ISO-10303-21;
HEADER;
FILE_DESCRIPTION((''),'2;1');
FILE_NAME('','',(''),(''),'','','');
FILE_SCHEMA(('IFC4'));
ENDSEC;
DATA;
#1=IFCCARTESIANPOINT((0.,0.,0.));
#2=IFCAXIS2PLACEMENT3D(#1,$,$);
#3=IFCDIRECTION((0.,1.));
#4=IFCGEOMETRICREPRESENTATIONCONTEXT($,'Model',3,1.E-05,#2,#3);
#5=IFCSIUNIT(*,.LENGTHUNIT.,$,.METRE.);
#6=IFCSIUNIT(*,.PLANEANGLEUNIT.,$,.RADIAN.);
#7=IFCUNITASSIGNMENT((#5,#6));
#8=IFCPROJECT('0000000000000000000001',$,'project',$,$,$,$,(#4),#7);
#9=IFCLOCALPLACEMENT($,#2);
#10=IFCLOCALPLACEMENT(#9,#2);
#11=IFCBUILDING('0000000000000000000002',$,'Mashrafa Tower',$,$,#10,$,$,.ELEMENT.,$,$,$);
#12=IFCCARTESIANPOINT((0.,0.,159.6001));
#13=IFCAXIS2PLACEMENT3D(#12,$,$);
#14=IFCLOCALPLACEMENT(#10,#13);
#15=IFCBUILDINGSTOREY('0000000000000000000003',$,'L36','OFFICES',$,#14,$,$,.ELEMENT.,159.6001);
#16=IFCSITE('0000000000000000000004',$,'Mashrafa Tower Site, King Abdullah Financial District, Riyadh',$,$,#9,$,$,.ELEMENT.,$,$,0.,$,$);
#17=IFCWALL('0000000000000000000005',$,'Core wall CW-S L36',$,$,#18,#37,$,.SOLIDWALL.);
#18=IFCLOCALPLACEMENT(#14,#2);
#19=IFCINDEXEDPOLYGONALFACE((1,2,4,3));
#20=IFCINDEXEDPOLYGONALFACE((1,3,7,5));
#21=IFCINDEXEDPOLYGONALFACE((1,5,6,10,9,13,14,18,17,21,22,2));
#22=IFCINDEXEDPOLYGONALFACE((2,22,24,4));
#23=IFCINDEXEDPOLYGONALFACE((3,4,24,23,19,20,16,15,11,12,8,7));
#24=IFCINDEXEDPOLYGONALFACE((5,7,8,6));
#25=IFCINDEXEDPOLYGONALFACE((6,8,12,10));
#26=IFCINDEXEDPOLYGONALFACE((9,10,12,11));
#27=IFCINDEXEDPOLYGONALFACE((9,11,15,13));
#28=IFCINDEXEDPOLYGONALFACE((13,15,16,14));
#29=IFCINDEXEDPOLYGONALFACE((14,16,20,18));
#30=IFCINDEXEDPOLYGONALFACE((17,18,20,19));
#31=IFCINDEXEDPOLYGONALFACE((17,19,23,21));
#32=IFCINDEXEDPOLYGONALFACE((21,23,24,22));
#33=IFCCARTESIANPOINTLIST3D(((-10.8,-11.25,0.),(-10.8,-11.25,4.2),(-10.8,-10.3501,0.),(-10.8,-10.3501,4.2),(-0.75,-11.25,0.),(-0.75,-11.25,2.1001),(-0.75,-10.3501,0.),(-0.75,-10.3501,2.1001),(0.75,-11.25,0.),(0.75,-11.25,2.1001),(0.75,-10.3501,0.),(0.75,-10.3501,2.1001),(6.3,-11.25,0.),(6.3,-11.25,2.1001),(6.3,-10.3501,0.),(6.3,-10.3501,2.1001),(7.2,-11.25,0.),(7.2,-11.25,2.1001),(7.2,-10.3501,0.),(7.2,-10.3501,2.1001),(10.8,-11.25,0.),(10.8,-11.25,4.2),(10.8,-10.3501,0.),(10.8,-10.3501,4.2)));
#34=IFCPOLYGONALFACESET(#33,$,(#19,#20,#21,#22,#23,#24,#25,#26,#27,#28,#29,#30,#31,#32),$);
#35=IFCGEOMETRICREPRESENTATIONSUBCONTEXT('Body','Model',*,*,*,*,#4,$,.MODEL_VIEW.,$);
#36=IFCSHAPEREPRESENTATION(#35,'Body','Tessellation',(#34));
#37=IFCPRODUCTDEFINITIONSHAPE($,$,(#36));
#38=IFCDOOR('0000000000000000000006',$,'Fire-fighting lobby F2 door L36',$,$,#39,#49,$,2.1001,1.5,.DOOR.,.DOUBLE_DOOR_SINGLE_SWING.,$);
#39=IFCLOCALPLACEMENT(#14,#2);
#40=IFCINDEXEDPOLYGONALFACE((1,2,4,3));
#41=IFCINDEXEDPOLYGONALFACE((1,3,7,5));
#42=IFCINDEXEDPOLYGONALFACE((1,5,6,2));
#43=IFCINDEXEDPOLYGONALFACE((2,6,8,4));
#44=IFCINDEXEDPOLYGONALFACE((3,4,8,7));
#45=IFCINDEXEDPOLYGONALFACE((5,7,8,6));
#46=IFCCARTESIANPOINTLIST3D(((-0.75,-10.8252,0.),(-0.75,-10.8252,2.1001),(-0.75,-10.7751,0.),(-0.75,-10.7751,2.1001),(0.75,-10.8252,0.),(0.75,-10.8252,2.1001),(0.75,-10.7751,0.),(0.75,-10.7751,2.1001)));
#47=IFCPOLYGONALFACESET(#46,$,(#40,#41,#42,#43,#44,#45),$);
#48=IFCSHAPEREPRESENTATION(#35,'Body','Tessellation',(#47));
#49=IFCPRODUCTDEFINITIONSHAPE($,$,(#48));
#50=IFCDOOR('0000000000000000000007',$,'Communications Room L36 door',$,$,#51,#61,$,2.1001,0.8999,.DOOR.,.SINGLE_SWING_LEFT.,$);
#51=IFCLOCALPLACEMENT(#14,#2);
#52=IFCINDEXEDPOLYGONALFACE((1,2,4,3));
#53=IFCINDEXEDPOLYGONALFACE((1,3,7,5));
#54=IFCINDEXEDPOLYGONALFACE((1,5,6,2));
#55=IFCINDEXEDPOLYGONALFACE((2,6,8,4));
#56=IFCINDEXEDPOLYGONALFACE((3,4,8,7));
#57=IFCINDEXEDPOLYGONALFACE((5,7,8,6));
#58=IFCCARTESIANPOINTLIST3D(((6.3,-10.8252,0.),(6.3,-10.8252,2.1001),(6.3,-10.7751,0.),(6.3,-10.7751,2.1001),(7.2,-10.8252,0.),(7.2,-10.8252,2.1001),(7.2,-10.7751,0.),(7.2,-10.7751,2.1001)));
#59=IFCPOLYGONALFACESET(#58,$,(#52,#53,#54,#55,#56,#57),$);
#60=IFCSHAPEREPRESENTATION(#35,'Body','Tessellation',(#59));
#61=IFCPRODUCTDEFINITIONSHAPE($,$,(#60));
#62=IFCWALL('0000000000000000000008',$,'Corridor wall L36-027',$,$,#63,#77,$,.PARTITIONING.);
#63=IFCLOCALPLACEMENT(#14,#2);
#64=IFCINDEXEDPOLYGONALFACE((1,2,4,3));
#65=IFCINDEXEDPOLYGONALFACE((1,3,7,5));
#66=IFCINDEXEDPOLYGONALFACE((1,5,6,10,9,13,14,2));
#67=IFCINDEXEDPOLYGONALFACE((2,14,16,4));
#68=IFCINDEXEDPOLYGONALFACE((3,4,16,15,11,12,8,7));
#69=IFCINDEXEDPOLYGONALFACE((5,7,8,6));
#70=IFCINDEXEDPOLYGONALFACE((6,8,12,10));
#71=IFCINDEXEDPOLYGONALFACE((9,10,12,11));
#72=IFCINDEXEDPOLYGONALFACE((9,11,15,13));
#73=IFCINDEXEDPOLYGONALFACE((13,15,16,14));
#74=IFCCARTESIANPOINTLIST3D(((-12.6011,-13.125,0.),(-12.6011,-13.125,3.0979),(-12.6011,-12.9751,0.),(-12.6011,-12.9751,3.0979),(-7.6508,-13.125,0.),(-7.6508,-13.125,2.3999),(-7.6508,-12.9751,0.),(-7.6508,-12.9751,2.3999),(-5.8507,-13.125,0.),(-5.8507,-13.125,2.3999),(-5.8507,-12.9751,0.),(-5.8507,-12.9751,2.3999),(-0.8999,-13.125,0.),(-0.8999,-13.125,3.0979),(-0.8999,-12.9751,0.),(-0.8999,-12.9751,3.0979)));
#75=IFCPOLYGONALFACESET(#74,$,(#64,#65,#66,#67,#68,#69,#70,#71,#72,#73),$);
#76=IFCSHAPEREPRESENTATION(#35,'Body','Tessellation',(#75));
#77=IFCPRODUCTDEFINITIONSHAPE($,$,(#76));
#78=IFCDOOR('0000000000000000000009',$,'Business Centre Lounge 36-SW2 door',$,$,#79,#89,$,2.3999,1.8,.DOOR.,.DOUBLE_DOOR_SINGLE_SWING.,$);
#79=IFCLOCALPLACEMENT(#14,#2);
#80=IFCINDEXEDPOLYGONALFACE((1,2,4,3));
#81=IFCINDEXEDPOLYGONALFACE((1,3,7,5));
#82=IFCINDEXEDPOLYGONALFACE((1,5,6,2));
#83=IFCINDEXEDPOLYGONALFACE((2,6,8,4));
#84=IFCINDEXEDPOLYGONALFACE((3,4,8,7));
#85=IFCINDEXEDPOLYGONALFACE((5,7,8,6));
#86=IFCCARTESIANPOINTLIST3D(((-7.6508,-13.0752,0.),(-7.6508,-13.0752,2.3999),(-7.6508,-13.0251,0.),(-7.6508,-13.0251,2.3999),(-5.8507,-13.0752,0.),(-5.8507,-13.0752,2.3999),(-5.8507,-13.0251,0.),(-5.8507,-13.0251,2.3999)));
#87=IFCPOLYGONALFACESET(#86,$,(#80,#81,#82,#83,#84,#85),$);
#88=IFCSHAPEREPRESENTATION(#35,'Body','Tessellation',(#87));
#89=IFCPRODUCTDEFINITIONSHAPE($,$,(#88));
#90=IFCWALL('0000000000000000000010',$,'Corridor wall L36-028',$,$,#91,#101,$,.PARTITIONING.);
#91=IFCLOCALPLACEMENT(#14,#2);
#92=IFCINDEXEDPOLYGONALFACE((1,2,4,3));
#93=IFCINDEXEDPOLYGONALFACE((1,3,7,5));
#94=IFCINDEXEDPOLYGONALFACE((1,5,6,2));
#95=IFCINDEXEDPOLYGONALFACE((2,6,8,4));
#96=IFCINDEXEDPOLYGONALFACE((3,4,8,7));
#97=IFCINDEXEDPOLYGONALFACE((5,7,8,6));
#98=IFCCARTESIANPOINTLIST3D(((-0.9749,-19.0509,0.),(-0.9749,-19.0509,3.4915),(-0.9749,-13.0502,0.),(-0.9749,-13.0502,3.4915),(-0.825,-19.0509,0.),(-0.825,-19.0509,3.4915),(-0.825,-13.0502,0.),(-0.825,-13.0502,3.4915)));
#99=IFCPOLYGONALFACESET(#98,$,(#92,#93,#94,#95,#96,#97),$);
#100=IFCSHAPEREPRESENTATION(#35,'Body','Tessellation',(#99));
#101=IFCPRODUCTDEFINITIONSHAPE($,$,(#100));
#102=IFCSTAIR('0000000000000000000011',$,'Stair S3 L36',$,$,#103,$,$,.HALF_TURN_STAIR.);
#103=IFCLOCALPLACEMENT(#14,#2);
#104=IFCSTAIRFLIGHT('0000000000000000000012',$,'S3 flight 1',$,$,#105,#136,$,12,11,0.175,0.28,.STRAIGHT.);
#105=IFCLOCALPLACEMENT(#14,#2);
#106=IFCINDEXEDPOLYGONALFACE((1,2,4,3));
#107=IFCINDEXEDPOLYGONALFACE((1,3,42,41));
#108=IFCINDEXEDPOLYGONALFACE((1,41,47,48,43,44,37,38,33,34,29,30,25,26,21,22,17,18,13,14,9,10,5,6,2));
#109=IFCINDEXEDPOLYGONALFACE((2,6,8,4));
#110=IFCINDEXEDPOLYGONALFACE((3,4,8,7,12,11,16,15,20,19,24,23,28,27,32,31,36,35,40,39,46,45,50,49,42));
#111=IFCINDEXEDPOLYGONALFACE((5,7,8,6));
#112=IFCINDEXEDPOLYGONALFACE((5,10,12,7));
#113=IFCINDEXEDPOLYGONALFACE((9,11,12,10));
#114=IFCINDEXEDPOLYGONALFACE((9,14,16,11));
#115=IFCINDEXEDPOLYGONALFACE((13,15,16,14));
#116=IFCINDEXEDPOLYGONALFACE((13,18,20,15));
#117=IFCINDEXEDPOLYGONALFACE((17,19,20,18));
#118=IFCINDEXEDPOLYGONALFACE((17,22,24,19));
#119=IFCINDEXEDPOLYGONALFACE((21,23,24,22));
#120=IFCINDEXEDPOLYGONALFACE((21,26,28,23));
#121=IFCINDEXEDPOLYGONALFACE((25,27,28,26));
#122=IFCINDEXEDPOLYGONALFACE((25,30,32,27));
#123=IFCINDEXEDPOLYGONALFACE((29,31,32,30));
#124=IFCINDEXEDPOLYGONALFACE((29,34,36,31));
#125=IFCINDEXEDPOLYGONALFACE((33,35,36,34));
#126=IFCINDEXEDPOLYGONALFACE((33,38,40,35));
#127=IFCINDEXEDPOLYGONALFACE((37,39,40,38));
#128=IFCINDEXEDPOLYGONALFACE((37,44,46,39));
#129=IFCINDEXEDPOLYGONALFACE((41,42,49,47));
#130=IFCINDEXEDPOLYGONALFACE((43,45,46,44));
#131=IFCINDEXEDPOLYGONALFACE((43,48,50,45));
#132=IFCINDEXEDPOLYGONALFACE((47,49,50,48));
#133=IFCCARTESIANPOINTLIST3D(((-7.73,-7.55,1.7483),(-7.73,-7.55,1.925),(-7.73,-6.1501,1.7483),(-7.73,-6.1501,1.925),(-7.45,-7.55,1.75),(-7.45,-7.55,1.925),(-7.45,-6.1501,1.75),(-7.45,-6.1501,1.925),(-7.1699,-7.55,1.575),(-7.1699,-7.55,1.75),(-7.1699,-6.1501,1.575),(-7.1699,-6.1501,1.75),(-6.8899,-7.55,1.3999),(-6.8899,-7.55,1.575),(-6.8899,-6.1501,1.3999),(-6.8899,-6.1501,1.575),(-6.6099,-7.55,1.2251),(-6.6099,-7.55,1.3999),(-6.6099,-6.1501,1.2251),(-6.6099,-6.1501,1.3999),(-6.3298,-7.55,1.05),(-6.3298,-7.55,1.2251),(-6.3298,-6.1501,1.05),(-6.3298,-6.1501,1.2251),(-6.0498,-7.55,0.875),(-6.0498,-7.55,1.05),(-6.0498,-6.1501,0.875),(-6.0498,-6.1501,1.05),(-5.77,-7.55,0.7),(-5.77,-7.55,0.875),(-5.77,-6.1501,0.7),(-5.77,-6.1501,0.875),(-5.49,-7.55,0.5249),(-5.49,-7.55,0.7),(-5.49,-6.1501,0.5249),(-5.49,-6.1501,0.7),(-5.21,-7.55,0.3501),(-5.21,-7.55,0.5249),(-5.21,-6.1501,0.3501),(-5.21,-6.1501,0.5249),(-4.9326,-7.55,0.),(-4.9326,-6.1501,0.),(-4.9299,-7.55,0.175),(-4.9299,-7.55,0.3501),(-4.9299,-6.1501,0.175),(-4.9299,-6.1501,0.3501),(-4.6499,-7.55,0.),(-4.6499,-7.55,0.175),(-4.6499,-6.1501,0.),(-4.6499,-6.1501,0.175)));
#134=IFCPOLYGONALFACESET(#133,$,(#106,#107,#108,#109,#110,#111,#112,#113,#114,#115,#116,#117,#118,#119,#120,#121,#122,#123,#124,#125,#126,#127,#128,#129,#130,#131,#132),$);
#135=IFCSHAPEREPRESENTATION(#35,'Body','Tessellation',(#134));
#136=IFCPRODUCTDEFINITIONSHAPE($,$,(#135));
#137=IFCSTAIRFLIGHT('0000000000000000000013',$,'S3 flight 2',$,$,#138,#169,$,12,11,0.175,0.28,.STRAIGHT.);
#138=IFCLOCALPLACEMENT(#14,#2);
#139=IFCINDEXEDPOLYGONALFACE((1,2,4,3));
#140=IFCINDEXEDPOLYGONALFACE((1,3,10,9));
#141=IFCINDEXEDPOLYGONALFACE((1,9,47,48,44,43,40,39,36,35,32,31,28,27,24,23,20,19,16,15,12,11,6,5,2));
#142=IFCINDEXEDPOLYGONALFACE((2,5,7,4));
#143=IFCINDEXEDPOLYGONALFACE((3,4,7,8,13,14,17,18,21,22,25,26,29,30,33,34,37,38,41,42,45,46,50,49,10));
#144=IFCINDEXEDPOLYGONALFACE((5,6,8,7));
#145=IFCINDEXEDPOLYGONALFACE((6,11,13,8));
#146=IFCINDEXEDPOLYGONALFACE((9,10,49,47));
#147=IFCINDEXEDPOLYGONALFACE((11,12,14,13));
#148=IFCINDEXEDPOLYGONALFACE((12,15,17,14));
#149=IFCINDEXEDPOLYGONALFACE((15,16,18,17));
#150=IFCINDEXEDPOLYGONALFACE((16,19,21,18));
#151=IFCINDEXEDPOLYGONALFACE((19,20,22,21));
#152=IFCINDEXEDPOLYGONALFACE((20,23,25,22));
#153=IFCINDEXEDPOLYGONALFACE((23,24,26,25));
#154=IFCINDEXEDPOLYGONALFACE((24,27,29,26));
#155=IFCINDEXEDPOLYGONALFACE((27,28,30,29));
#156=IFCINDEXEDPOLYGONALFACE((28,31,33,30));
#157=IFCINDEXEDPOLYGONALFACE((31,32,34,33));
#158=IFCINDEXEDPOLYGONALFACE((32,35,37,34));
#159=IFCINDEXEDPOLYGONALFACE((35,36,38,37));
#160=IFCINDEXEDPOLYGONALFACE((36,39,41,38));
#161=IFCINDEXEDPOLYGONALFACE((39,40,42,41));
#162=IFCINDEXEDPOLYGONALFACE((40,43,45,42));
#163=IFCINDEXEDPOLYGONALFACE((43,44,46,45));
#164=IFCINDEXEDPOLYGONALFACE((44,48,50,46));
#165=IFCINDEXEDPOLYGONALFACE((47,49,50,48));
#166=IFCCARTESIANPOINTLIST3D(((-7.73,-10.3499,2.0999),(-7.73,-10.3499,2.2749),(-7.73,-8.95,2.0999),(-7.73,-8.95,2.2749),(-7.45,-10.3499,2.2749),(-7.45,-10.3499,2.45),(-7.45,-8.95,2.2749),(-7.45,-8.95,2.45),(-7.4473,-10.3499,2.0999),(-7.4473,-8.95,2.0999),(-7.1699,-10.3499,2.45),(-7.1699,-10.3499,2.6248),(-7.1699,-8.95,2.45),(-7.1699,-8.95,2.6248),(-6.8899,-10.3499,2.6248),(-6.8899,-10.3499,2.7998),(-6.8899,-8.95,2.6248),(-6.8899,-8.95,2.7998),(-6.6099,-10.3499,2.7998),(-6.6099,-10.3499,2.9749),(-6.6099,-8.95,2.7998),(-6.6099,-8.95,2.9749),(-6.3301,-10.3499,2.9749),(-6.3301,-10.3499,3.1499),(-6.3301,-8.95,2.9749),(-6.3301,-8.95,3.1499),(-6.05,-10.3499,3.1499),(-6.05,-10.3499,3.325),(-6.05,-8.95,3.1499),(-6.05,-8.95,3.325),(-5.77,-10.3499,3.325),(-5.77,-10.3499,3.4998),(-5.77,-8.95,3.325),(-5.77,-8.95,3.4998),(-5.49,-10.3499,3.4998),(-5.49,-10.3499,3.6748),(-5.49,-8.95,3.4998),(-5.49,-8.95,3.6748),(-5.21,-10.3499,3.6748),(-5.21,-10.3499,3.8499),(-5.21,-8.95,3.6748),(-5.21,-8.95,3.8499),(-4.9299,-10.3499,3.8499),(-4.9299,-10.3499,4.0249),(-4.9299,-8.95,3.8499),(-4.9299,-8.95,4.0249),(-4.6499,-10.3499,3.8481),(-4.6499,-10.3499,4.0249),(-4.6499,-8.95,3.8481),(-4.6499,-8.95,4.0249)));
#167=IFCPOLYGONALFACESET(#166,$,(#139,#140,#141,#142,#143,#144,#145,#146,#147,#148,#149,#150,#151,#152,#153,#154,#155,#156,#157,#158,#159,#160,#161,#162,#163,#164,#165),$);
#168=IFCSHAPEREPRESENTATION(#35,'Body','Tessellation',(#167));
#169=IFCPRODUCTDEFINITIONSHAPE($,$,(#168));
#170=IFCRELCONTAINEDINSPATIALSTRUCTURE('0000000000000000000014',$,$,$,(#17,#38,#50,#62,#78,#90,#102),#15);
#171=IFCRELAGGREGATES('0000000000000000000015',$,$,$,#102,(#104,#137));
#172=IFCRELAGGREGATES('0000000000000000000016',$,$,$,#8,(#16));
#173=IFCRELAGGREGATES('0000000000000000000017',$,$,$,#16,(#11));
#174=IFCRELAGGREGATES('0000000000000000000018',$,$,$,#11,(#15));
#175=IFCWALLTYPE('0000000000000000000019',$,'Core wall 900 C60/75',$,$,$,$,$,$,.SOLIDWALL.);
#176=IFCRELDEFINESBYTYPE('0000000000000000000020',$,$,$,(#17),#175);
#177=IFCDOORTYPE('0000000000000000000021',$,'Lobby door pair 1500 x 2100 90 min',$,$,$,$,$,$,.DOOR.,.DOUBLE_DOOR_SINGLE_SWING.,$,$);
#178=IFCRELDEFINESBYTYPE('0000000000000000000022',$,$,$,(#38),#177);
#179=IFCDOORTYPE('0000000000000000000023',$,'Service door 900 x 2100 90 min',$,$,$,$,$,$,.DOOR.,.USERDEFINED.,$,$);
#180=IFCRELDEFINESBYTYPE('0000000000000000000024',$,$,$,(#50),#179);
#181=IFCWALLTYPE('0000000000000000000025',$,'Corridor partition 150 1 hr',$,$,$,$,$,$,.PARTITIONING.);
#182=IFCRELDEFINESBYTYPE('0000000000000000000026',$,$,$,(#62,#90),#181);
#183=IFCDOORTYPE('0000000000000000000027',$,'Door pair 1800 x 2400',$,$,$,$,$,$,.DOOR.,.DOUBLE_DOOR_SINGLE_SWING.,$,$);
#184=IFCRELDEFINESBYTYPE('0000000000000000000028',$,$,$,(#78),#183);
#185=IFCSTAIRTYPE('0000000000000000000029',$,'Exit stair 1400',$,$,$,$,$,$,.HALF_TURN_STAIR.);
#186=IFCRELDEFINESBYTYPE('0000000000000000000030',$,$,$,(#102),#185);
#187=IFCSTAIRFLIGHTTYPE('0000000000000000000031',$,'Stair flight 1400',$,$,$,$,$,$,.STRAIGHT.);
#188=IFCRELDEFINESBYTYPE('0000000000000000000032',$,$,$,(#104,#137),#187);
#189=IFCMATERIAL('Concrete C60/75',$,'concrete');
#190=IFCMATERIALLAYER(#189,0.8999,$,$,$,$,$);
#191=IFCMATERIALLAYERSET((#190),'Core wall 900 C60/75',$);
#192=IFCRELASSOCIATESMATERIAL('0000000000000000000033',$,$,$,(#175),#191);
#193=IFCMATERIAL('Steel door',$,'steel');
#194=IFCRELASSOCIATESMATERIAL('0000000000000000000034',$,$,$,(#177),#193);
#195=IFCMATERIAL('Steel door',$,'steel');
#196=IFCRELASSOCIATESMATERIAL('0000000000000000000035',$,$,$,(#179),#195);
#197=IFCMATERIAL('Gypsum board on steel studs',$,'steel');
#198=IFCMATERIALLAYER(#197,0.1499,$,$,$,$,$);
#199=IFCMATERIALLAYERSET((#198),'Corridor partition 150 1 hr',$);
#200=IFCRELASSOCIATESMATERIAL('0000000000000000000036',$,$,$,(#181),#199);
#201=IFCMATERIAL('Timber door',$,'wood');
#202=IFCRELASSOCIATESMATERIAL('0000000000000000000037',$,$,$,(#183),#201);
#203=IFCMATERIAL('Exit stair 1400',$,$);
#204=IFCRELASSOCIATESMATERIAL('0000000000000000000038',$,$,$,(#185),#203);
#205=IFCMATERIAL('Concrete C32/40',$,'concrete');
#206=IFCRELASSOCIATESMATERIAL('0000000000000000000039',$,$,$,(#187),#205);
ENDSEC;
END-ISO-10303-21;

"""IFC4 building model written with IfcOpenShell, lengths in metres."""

from ifc_helpers import new_model, si_unit, direction, frame, frame_2d, origin, place, context, subcontext, project, spatial, polyline, rectangle, outline, extrude, material, layer, layer_set, type_object, element, fill, aggregate, save


model = new_model("IFC4")

# Units and contexts
model_context = context("Model", 3, precision=1e-05, world=origin(), true_north=direction((0.0, 1.0)))
body_context = subcontext(model_context, "Body", "Model", "MODEL_VIEW")
ifc_project = project(units=[si_unit("LENGTHUNIT", "METRE"), si_unit("PLANEANGLEUNIT", "RADIAN")], contexts=[model_context])

# Site, building, storey
site_placement = place(None, origin())
site = spatial("IfcSite", under=ifc_project, at=site_placement, Name="Mashrafa Tower Site, King Abdullah Financial District, Riyadh", CompositionType="ELEMENT", RefElevation=0.0)
building_placement = place(site_placement, origin())
building = spatial("IfcBuilding", under=site, at=building_placement, Name="Mashrafa Tower", CompositionType="ELEMENT")
storey_placement = place(building_placement, frame((0.0, 0.0, 159.6001)))
storey = spatial("IfcBuildingStorey", under=building, at=storey_placement, Name="L36", Description="OFFICES", CompositionType="ELEMENT", Elevation=159.6001)

# Wall, openings, doors
ifc_material_1 = material(Name="Concrete C60/75", Category="concrete")
ifc_layer_1 = layer(ifc_material_1, 0.8999)
ifc_layer_set_1 = layer_set([ifc_layer_1], Name="Core wall 900 C60/75")
wall_type_1 = type_object("IfcWallType", Name="Core wall 900 C60/75", PredefinedType="SOLIDWALL", material=ifc_layer_set_1)
wall_1_placement = place(storey_placement, frame((-10.8, -10.8, 0.0), z_axis=(0.0, 0.0, 1.0), x_axis=(1.0, 0.0, 0.0)))
wall_1 = element("IfcWall", 1, at=wall_1_placement, inside=storey, type_object=wall_type_1, Name="Core wall CW-S L36", PredefinedType="SOLIDWALL", context=body_context, shape_type="SweptSolid", body=[
    extrude(rectangle(XDim=21.6001, YDim=0.8999, at=frame_2d((10.8, 0.0))), origin(), (0.0, 0.0, 1.0), 4.2),
])
opening_1_placement = place(wall_1_placement, frame((10.05, 0.0, 0.0)))
opening_1 = element("IfcOpeningElement", 2, at=opening_1_placement, cuts=wall_1, PredefinedType="OPENING", context=body_context, shape_type="SweptSolid", body=[
    extrude(rectangle(XDim=1.5, YDim=2.1001, at=frame_2d((0.75, 1.05))), frame((0.0, 0.46, 0.0), z_axis=(0.0, -1.0, 0.0), x_axis=(1.0, 0.0, 0.0)), (0.0, 0.0, 1.0), 0.9199),
])
opening_2_placement = place(wall_1_placement, frame((17.1001, 0.0, 0.0)))
opening_2 = element("IfcOpeningElement", 3, at=opening_2_placement, cuts=wall_1, PredefinedType="OPENING", context=body_context, shape_type="SweptSolid", body=[
    extrude(rectangle(XDim=0.8999, YDim=2.1001, at=frame_2d((0.45, 1.05))), frame((0.0, 0.46, 0.0), z_axis=(0.0, -1.0, 0.0), x_axis=(1.0, 0.0, 0.0)), (0.0, 0.0, 1.0), 0.9199),
])
ifc_material_2 = material(Name="Steel door", Category="steel")
door_type_1 = type_object("IfcDoorType", Name="Lobby door pair 1500 x 2100 90 min", OperationType="DOUBLE_DOOR_SINGLE_SWING", PredefinedType="DOOR", material=ifc_material_2)
door_1_placement = place(opening_1_placement, origin())
door_1 = element("IfcDoor", 4, at=door_1_placement, inside=storey, type_object=door_type_1, Name="Fire-fighting lobby F2 door L36", OperationType="DOUBLE_DOOR_SINGLE_SWING", OverallHeight=2.1001, OverallWidth=1.5, PredefinedType="DOOR", context=body_context, shape_type="SweptSolid", body=[
    extrude(rectangle(XDim=1.5, YDim=2.1001, at=frame_2d((0.75, 1.05))), frame((0.0, 0.0249, 0.0), z_axis=(0.0, -1.0, 0.0), x_axis=(1.0, 0.0, 0.0)), (0.0, 0.0, 1.0), 0.05),
])
fill(opening_1, door_1)
ifc_material_3 = material(Name="Steel door", Category="steel")
door_type_2 = type_object("IfcDoorType", Name="Service door 900 x 2100 90 min", OperationType="USERDEFINED", PredefinedType="DOOR", material=ifc_material_3)
door_2_placement = place(opening_2_placement, origin())
door_2 = element("IfcDoor", 5, at=door_2_placement, inside=storey, type_object=door_type_2, Name="Communications Room L36 door", OperationType="SINGLE_SWING_LEFT", OverallHeight=2.1001, OverallWidth=0.8999, PredefinedType="DOOR", context=body_context, shape_type="SweptSolid", body=[
    extrude(rectangle(XDim=0.8999, YDim=2.1001, at=frame_2d((0.45, 1.05))), frame((0.0, 0.0249, 0.0), z_axis=(0.0, -1.0, 0.0), x_axis=(1.0, 0.0, 0.0)), (0.0, 0.0, 1.0), 0.05),
])
fill(opening_2, door_2)

# Wall, opening, door
ifc_material_4 = material(Name="Gypsum board on steel studs", Category="steel")
ifc_layer_2 = layer(ifc_material_4, 0.1499)
ifc_layer_set_2 = layer_set([ifc_layer_2], Name="Corridor partition 150 1 hr")
wall_type_2 = type_object("IfcWallType", Name="Corridor partition 150 1 hr", PredefinedType="PARTITIONING", material=ifc_layer_set_2)
wall_2_placement = place(storey_placement, frame((-12.6011, -13.05, 0.0), z_axis=(0.0, 0.0, 1.0), x_axis=(1.0, 0.0, 0.0)))
wall_2 = element("IfcWall", 6, at=wall_2_placement, inside=storey, type_object=wall_type_2, Name="Corridor wall L36-027", PredefinedType="PARTITIONING", context=body_context, shape_type="SweptSolid", body=[
    extrude(rectangle(XDim=11.7012, YDim=0.1499, at=frame_2d((5.8506, 0.0))), origin(), (0.0, 0.0, 1.0), 3.0979),
])
opening_3_placement = place(wall_2_placement, frame((4.9504, 0.0, 0.0)))
opening_3 = element("IfcOpeningElement", 7, at=opening_3_placement, cuts=wall_2, PredefinedType="OPENING", context=body_context, shape_type="SweptSolid", body=[
    extrude(rectangle(XDim=1.8, YDim=2.3999, at=frame_2d((0.8999, 1.2))), frame((0.0, 0.085, 0.0), z_axis=(0.0, -1.0, 0.0), x_axis=(1.0, 0.0, 0.0)), (0.0, 0.0, 1.0), 0.1699),
])
ifc_material_5 = material(Name="Timber door", Category="wood")
door_type_3 = type_object("IfcDoorType", Name="Door pair 1800 x 2400", OperationType="DOUBLE_DOOR_SINGLE_SWING", PredefinedType="DOOR", material=ifc_material_5)
door_3_placement = place(opening_3_placement, origin())
door_3 = element("IfcDoor", 8, at=door_3_placement, inside=storey, type_object=door_type_3, Name="Business Centre Lounge 36-SW2 door", OperationType="DOUBLE_DOOR_SINGLE_SWING", OverallHeight=2.3999, OverallWidth=1.8, PredefinedType="DOOR", context=body_context, shape_type="SweptSolid", body=[
    extrude(rectangle(XDim=1.8, YDim=2.3999, at=frame_2d((0.8999, 1.2))), frame((0.0, 0.0249, 0.0), z_axis=(0.0, -1.0, 0.0), x_axis=(1.0, 0.0, 0.0)), (0.0, 0.0, 1.0), 0.05),
])
fill(opening_3, door_3)

# Wall
wall_3_placement = place(storey_placement, frame((-0.8999, -13.05, 0.0), z_axis=(0.0, 0.0, 1.0), x_axis=(0.0, -1.0, 0.0)))
element("IfcWall", 9, at=wall_3_placement, inside=storey, type_object=wall_type_2, Name="Corridor wall L36-028", PredefinedType="PARTITIONING", context=body_context, shape_type="SweptSolid", body=[
    extrude(rectangle(XDim=6.0007, YDim=0.1499, at=frame_2d((3.0005, 0.0))), origin(), (0.0, 0.0, 1.0), 3.4915),
])

# Stair, stair flights
ifc_material_6 = material(Name="Exit stair 1400")
stair_type = type_object("IfcStairType", Name="Exit stair 1400", PredefinedType="HALF_TURN_STAIR", material=ifc_material_6)
stair_placement = place(storey_placement, origin())
stair = element("IfcStair", 10, at=stair_placement, inside=storey, type_object=stair_type, Name="Stair S3 L36", PredefinedType="HALF_TURN_STAIR")
ifc_material_7 = material(Name="Concrete C32/40", Category="concrete")
stair_flight_type = type_object("IfcStairFlightType", Name="Stair flight 1400", PredefinedType="STRAIGHT", material=ifc_material_7)
stair_flight_1_placement = place(storey_placement, frame((-4.6499, -6.8501, 0.0), z_axis=(0.0, 0.0, 1.0), x_axis=(-1.0, 0.0, 0.0)))
stair_flight_1 = element("IfcStairFlight", 11, at=stair_flight_1_placement, type_object=stair_flight_type, Name="S3 flight 1", NumberOfRisers=12, NumberOfTreads=11, PredefinedType="STRAIGHT", RiserHeight=0.175, TreadLength=0.28, context=body_context, shape_type="SweptSolid", body=[
    extrude(outline(polyline([(0.0, 0.0), (0.0, 0.175), (0.28, 0.175), (0.28, 0.3501), (0.5601, 0.3501), (0.5601, 0.5249), (0.8401, 0.5249), (0.8401, 0.7), (1.1201, 0.7), (1.1201, 0.875), (1.3999, 0.875), (1.3999, 1.05), (1.6799, 1.05), (1.6799, 1.2251), (1.96, 1.2251), (1.96, 1.3999), (2.24, 1.3999), (2.24, 1.575), (2.52, 1.575), (2.52, 1.75), (2.8, 1.75), (2.8, 1.925), (3.0801, 1.925), (3.0801, 2.1001), (3.0801, 1.7483), (0.2827, 0.0), (0.0, 0.0)])), frame((0.0, 0.7, 0.0), z_axis=(0.0, -1.0, 0.0), x_axis=(1.0, 0.0, 0.0)), (0.0, 0.0, 1.0), 1.3999),
])
stair_flight_2_placement = place(storey_placement, frame((-7.73, -9.6499, 2.0999), z_axis=(0.0, 0.0, 1.0), x_axis=(1.0, 0.0, 0.0)))
stair_flight_2 = element("IfcStairFlight", 12, at=stair_flight_2_placement, type_object=stair_flight_type, Name="S3 flight 2", NumberOfRisers=12, NumberOfTreads=11, PredefinedType="STRAIGHT", RiserHeight=0.175, TreadLength=0.28, context=body_context, shape_type="SweptSolid", body=[
    extrude(outline(polyline([(0.0, 0.0), (0.0, 0.175), (0.28, 0.175), (0.28, 0.3501), (0.5601, 0.3501), (0.5601, 0.5249), (0.8401, 0.5249), (0.8401, 0.7), (1.1201, 0.7), (1.1201, 0.875), (1.3999, 0.875), (1.3999, 1.05), (1.6799, 1.05), (1.6799, 1.2251), (1.96, 1.2251), (1.96, 1.3999), (2.24, 1.3999), (2.24, 1.575), (2.52, 1.575), (2.52, 1.75), (2.8, 1.75), (2.8, 1.925), (3.0801, 1.925), (3.0801, 2.1001), (3.0801, 1.7483), (0.2827, 0.0), (0.0, 0.0)])), frame((0.0, 0.7, 0.0), z_axis=(0.0, -1.0, 0.0), x_axis=(1.0, 0.0, 0.0)), (0.0, 0.0, 1.0), 1.3999),
])
aggregate(stair, [stair_flight_1, stair_flight_2])

save(model, "model.ifc")
